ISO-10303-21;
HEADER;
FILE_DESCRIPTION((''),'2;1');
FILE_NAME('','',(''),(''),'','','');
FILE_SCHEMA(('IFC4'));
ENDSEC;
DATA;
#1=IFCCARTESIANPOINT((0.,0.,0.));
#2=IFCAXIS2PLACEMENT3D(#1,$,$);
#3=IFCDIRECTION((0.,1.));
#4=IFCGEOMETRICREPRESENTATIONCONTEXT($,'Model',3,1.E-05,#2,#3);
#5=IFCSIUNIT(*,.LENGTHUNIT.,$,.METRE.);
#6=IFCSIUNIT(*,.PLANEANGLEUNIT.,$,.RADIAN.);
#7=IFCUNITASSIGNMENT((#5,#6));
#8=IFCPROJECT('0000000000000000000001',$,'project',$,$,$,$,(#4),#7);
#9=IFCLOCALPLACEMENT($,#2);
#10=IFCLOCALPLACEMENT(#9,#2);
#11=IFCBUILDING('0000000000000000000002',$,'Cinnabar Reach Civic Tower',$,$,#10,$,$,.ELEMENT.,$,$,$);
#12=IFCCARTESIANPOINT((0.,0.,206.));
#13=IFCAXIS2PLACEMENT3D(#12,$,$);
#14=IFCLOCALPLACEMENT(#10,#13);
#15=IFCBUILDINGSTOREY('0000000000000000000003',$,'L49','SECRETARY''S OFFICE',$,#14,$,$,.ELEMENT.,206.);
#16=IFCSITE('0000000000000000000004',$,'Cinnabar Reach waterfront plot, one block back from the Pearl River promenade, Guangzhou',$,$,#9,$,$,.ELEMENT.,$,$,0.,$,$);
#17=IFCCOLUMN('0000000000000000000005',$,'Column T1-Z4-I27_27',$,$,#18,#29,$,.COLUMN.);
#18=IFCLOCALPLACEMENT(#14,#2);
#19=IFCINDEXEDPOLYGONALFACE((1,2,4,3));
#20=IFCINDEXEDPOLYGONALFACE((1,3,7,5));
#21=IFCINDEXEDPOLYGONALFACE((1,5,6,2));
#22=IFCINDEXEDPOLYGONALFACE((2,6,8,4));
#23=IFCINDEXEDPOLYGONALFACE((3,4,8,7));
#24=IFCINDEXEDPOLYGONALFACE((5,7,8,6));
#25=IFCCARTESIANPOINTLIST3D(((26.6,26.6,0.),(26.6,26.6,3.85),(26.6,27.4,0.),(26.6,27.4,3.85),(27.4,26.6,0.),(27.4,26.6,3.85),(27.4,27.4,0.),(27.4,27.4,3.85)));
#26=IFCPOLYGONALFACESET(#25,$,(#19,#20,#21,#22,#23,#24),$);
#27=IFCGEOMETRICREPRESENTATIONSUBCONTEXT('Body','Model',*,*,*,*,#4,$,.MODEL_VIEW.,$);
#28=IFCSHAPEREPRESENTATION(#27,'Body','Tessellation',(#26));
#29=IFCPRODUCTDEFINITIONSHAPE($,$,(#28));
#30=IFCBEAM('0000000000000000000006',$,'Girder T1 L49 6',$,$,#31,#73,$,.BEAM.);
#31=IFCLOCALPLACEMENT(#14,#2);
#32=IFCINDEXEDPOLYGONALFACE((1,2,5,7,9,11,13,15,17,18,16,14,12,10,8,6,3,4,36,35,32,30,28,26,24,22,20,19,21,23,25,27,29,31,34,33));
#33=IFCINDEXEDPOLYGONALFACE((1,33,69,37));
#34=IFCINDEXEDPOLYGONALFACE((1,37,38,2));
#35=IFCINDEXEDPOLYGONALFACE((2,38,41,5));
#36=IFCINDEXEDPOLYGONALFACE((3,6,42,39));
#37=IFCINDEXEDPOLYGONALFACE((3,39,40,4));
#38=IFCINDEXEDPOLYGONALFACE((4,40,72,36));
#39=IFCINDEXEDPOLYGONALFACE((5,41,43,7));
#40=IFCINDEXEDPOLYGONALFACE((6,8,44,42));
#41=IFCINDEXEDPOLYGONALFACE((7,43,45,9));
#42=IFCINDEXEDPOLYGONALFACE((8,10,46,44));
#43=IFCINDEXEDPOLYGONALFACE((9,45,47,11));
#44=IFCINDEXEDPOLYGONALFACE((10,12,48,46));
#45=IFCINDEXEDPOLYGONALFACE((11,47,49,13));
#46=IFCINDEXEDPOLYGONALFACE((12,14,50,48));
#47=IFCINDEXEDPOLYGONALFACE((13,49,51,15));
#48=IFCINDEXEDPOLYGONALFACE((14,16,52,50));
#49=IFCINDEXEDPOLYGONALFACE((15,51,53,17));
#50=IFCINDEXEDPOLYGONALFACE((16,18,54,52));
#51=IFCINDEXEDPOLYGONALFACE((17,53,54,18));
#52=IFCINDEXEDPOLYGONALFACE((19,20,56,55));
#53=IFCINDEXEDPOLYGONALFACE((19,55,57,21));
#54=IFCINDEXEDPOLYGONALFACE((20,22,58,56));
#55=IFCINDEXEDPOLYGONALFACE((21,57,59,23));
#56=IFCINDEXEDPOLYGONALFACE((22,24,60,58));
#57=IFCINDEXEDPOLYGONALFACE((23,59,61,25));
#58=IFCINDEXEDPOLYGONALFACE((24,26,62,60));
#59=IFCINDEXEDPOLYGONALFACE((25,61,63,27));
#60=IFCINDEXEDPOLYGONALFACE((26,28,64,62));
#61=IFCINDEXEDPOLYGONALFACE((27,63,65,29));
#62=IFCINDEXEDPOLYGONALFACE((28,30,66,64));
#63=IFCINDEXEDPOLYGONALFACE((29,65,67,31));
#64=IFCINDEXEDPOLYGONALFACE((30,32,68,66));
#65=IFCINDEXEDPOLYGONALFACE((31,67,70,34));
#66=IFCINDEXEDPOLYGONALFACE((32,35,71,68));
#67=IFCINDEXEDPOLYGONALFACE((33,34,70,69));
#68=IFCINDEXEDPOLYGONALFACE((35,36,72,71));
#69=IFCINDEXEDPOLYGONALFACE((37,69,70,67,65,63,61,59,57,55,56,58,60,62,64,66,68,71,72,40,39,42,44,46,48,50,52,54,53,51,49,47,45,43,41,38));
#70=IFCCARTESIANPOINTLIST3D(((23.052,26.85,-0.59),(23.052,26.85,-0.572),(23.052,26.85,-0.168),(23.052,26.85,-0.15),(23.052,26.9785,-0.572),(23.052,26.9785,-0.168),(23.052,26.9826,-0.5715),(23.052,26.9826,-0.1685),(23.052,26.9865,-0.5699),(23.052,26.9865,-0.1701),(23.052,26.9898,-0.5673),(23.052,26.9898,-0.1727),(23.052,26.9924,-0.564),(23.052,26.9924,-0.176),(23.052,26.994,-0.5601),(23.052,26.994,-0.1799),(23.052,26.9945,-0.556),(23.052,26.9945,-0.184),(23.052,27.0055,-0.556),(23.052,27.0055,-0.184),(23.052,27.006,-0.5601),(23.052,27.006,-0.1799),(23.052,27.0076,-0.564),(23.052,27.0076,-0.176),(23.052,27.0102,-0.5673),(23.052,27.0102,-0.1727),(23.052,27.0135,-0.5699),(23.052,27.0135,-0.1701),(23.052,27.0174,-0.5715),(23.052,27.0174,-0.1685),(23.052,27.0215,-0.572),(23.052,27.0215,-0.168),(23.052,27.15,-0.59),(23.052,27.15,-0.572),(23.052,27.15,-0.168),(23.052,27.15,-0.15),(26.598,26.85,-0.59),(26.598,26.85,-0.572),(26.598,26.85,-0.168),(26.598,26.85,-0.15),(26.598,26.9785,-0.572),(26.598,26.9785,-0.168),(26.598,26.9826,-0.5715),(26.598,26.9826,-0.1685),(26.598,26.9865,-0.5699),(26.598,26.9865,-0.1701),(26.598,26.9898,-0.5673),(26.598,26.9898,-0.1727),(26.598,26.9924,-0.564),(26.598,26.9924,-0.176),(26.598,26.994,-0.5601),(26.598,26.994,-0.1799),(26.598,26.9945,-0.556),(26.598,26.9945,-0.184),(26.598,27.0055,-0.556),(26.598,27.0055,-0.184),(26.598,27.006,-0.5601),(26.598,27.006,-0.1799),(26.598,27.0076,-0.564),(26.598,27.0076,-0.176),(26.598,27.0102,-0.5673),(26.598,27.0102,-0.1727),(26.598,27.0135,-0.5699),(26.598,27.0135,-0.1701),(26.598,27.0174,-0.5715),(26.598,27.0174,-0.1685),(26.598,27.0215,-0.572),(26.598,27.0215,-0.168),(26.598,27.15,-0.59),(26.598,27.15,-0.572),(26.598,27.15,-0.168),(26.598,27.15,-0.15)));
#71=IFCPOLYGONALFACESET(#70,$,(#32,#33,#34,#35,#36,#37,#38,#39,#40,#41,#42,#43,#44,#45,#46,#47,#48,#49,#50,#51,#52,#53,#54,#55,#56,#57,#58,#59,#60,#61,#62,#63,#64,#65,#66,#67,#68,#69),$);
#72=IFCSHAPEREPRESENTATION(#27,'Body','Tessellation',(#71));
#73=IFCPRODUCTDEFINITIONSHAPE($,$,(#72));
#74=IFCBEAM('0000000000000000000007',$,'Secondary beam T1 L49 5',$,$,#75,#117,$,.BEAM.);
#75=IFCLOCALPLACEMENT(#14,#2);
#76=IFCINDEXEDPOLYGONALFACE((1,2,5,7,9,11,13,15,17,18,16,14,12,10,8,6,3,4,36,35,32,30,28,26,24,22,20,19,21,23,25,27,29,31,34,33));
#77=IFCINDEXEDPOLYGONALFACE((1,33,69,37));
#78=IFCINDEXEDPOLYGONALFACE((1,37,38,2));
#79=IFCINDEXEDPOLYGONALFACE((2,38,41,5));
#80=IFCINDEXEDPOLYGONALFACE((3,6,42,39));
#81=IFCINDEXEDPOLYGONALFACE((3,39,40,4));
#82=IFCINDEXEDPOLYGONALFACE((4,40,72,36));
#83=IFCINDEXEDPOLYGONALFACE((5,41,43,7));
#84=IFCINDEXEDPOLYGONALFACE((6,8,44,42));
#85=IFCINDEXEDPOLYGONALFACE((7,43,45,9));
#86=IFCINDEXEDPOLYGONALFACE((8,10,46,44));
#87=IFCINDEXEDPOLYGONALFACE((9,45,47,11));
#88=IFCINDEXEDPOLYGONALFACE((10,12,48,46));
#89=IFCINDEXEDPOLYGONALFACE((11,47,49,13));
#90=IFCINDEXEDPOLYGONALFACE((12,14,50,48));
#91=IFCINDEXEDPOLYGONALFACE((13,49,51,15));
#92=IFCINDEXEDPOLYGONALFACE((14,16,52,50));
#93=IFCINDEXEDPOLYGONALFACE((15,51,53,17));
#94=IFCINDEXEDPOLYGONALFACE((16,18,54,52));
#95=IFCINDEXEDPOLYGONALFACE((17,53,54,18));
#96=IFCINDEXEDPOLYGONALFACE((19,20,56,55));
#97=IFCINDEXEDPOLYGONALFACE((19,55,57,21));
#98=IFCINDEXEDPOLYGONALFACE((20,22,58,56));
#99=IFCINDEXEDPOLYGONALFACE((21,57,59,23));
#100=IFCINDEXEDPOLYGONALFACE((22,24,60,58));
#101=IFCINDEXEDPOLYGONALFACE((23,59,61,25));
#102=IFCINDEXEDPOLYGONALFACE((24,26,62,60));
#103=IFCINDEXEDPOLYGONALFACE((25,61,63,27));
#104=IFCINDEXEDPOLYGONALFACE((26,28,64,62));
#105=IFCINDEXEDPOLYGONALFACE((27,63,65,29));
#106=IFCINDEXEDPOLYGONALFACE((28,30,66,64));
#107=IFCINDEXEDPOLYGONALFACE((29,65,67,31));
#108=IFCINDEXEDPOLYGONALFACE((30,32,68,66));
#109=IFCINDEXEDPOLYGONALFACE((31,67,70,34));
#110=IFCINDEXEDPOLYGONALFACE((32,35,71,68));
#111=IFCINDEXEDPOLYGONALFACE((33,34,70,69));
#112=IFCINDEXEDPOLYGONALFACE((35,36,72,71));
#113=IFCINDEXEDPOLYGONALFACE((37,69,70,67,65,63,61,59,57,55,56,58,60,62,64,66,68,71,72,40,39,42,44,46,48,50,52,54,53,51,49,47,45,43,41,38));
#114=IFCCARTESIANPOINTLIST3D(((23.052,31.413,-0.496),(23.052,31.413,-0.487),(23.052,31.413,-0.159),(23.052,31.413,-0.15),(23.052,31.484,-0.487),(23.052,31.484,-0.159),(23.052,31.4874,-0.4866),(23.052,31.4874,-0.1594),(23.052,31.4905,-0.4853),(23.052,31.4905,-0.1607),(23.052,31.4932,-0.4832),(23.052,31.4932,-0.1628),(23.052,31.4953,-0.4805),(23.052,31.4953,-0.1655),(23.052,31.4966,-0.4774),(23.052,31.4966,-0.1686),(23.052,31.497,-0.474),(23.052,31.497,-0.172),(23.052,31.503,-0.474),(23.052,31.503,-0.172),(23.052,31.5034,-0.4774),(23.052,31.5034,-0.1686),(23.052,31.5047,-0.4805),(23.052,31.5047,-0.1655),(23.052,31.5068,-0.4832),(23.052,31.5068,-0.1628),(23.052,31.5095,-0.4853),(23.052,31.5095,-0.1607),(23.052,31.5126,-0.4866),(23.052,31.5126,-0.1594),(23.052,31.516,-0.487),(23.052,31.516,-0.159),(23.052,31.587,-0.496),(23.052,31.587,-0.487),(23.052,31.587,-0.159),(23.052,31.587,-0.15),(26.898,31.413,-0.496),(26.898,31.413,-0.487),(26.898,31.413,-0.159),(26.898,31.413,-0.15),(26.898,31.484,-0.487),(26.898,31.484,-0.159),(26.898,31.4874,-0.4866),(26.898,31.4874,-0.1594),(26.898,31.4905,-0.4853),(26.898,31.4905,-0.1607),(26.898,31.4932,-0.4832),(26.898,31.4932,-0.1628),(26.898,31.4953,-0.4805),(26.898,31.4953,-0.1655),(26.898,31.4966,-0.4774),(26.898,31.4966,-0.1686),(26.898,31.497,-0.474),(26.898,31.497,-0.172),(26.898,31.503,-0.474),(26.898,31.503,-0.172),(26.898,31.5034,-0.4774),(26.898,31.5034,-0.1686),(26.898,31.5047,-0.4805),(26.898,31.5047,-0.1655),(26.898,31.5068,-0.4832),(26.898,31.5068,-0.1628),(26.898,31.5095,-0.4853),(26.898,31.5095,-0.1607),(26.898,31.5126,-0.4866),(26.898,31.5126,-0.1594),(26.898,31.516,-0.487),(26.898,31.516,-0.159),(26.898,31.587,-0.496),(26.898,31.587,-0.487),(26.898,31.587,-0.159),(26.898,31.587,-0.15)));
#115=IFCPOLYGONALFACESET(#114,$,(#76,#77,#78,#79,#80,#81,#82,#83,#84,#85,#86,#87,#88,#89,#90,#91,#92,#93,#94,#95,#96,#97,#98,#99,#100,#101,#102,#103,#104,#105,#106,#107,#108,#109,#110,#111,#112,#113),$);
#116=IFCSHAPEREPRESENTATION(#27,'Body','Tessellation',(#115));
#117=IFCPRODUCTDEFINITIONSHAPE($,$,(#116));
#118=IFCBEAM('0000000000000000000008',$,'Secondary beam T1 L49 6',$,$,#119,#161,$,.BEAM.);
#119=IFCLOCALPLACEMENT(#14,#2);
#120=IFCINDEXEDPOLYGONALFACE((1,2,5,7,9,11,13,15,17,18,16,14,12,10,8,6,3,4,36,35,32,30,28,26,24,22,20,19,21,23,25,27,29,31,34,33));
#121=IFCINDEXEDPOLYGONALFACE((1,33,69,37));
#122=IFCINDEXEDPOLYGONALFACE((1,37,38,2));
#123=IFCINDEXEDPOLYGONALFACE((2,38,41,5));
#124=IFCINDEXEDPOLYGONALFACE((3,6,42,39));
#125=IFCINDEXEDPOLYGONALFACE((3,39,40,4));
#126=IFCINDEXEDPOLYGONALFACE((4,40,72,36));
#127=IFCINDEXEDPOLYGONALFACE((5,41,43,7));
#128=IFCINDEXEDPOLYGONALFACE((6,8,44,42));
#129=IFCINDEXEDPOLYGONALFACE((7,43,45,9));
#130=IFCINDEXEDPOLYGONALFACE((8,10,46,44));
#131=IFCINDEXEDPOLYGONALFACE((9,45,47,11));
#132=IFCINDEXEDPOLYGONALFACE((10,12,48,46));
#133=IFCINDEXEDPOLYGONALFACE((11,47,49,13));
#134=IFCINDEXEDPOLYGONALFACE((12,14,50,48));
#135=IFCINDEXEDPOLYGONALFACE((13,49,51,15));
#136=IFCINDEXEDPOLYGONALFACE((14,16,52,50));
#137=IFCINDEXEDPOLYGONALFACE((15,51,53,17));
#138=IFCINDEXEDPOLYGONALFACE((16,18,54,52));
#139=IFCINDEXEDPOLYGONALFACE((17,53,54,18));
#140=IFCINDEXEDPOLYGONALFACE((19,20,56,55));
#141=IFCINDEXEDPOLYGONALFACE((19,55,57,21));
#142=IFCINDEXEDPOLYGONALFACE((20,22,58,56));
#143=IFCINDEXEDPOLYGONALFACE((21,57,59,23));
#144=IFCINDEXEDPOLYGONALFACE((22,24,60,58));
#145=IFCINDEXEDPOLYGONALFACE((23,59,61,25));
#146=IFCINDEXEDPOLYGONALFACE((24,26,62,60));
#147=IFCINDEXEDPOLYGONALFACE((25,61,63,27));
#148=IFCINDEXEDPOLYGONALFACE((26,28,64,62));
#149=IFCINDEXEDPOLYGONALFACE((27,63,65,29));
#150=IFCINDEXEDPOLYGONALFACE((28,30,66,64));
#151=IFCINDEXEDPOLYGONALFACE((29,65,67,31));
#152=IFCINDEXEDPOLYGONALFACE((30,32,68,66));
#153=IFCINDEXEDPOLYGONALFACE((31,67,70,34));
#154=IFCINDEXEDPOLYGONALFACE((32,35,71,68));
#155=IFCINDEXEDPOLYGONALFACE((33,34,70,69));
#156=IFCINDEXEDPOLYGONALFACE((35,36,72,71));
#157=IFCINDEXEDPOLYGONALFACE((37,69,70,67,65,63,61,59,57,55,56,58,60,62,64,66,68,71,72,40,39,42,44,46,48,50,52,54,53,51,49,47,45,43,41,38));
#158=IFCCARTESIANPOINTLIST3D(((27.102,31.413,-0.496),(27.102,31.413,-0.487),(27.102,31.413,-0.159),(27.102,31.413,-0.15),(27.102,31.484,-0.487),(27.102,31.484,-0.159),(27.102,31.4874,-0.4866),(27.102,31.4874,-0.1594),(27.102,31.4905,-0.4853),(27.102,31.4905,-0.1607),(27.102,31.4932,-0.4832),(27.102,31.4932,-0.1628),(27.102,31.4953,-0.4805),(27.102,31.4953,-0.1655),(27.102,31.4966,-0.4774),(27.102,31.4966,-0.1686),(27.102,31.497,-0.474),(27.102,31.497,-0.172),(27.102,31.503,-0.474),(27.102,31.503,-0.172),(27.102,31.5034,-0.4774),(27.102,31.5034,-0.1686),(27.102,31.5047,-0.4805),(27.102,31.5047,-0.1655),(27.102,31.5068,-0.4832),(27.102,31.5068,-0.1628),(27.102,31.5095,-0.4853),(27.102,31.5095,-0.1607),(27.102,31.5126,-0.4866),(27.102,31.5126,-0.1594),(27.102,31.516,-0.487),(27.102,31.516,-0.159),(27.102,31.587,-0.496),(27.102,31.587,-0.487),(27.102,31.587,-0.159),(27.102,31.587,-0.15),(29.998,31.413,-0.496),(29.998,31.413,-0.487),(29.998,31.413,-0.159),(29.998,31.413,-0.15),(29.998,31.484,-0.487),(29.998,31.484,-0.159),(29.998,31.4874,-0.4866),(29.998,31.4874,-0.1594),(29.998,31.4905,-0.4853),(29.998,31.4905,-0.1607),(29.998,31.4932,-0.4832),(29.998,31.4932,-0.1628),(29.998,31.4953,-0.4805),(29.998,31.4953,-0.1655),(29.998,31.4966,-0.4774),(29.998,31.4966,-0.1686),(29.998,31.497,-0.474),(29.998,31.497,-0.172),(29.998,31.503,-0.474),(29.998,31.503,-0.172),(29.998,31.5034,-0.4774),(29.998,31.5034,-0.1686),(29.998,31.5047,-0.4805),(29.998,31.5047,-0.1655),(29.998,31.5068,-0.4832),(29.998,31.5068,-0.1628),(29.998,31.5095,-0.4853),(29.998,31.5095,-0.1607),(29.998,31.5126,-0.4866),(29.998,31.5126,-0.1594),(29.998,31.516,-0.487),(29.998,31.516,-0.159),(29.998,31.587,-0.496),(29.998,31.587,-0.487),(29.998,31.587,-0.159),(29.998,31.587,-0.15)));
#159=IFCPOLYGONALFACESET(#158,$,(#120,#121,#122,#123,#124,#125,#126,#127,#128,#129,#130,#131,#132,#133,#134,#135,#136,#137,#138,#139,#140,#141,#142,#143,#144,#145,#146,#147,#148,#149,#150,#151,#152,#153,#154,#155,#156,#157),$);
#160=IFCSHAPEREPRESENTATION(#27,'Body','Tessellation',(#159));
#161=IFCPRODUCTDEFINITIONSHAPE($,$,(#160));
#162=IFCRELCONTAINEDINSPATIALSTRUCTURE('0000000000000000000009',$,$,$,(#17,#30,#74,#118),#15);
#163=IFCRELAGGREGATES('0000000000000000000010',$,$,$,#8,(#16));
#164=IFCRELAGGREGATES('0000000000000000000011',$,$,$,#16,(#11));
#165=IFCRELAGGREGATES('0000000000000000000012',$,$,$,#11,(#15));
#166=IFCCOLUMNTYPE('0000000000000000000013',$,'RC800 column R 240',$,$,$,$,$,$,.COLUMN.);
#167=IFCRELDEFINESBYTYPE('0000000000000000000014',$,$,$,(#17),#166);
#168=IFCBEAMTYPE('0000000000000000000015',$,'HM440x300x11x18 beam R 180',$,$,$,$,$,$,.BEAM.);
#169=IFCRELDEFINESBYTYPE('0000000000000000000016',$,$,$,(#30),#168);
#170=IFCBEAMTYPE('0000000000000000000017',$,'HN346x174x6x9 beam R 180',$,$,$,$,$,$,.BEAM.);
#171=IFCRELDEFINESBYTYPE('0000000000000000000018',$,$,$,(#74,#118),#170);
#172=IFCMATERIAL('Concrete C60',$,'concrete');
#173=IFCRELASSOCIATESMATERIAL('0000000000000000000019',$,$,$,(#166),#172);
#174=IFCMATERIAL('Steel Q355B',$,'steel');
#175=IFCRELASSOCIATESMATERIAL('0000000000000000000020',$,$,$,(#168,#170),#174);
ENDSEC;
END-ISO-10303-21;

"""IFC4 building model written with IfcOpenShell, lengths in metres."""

from ifc_helpers import new_model, si_unit, direction, frame, origin, origin_2d, place, context, subcontext, project, spatial, rectangle, i_section, extrude, material, material_profile, profile_set, type_object, element, save


model = new_model("IFC4")

# Units and contexts
model_context = context("Model", 3, precision=1e-05, world=origin(), true_north=direction((0.0, 1.0)))
body_context = subcontext(model_context, "Body", "Model", "MODEL_VIEW")
ifc_project = project(units=[si_unit("LENGTHUNIT", "METRE"), si_unit("PLANEANGLEUNIT", "RADIAN")], contexts=[model_context])

# Site, building, storey
site_placement = place(None, origin())
site = spatial("IfcSite", under=ifc_project, at=site_placement, Name="Cinnabar Reach waterfront plot, one block back from the Pearl River promenade, Guangzhou", CompositionType="ELEMENT", RefElevation=0.0)
building_placement = place(site_placement, origin())
building = spatial("IfcBuilding", under=site, at=building_placement, Name="Cinnabar Reach Civic Tower", CompositionType="ELEMENT")
storey_placement = place(building_placement, frame((0.0, 0.0, 206.0)))
storey = spatial("IfcBuildingStorey", under=building, at=storey_placement, Name="L49", Description="SECRETARY'S OFFICE", CompositionType="ELEMENT", Elevation=206.0)

# Column
ifc_material_1 = material(Name="Concrete C60", Category="concrete")
ifc_material_profile_1 = material_profile(ifc_material_1, rectangle(XDim=0.8, YDim=0.8, at=origin_2d()), Name="RC800")
ifc_profile_set_1 = profile_set([ifc_material_profile_1], Name="Concrete C60")
column_type = type_object("IfcColumnType", Name="RC800 column R 240", PredefinedType="COLUMN", material=ifc_profile_set_1)
column_placement = place(storey_placement, frame((27.0, 27.0, 0.0), z_axis=(0.0, 0.0, 1.0), x_axis=(1.0, 0.0, 0.0)))
element("IfcColumn", 1, at=column_placement, inside=storey, type_object=column_type, Name="Column T1-Z4-I27_27", PredefinedType="COLUMN", context=body_context, shape_type="SweptSolid", body=[
    extrude(rectangle(XDim=0.8, YDim=0.8, at=origin_2d()), origin(), (0.0, 0.0, 1.0), 3.85),
])

# Beams
ifc_material_2 = material(Name="Steel Q355B", Category="steel")
ifc_material_profile_2 = material_profile(ifc_material_2, i_section(OverallWidth=0.3, OverallDepth=0.44, WebThickness=0.011, FlangeThickness=0.018, FilletRadius=0.016, at=origin_2d()), Name="HM440x300x11x18")
ifc_profile_set_2 = profile_set([ifc_material_profile_2], Name="Steel Q355B")
beam_type_1 = type_object("IfcBeamType", Name="HM440x300x11x18 beam R 180", PredefinedType="BEAM", material=ifc_profile_set_2)
beam_1_placement = place(storey_placement, frame((23.052, 27.0, -0.37), z_axis=(1.0, 0.0, 0.0), x_axis=(0.0, 1.0, 0.0)))
element("IfcBeam", 2, at=beam_1_placement, inside=storey, type_object=beam_type_1, Name="Girder T1 L49 6", PredefinedType="BEAM", context=body_context, shape_type="SweptSolid", body=[
    extrude(i_section(OverallWidth=0.3, OverallDepth=0.44, WebThickness=0.011, FlangeThickness=0.018, FilletRadius=0.016, at=origin_2d()), origin(), (0.0, 0.0, 1.0), 3.546),
])
ifc_material_profile_3 = material_profile(ifc_material_2, i_section(OverallWidth=0.174, OverallDepth=0.346, WebThickness=0.006, FlangeThickness=0.009, FilletRadius=0.013, at=origin_2d()), Name="HN346x174x6x9")
ifc_profile_set_3 = profile_set([ifc_material_profile_3], Name="Steel Q355B")
beam_type_2 = type_object("IfcBeamType", Name="HN346x174x6x9 beam R 180", PredefinedType="BEAM", material=ifc_profile_set_3)
beam_2_placement = place(storey_placement, frame((23.052, 31.5, -0.323), z_axis=(1.0, 0.0, 0.0), x_axis=(0.0, 1.0, 0.0)))
element("IfcBeam", 3, at=beam_2_placement, inside=storey, type_object=beam_type_2, Name="Secondary beam T1 L49 5", PredefinedType="BEAM", context=body_context, shape_type="SweptSolid", body=[
    extrude(i_section(OverallWidth=0.174, OverallDepth=0.346, WebThickness=0.006, FlangeThickness=0.009, FilletRadius=0.013, at=origin_2d()), origin(), (0.0, 0.0, 1.0), 3.846),
])
beam_3_placement = place(storey_placement, frame((27.102, 31.5, -0.323), z_axis=(1.0, 0.0, 0.0), x_axis=(0.0, 1.0, 0.0)))
element("IfcBeam", 4, at=beam_3_placement, inside=storey, type_object=beam_type_2, Name="Secondary beam T1 L49 6", PredefinedType="BEAM", context=body_context, shape_type="SweptSolid", body=[
    extrude(i_section(OverallWidth=0.174, OverallDepth=0.346, WebThickness=0.006, FlangeThickness=0.009, FilletRadius=0.013, at=origin_2d()), origin(), (0.0, 0.0, 1.0), 2.896),
])

save(model, "model.ifc")
